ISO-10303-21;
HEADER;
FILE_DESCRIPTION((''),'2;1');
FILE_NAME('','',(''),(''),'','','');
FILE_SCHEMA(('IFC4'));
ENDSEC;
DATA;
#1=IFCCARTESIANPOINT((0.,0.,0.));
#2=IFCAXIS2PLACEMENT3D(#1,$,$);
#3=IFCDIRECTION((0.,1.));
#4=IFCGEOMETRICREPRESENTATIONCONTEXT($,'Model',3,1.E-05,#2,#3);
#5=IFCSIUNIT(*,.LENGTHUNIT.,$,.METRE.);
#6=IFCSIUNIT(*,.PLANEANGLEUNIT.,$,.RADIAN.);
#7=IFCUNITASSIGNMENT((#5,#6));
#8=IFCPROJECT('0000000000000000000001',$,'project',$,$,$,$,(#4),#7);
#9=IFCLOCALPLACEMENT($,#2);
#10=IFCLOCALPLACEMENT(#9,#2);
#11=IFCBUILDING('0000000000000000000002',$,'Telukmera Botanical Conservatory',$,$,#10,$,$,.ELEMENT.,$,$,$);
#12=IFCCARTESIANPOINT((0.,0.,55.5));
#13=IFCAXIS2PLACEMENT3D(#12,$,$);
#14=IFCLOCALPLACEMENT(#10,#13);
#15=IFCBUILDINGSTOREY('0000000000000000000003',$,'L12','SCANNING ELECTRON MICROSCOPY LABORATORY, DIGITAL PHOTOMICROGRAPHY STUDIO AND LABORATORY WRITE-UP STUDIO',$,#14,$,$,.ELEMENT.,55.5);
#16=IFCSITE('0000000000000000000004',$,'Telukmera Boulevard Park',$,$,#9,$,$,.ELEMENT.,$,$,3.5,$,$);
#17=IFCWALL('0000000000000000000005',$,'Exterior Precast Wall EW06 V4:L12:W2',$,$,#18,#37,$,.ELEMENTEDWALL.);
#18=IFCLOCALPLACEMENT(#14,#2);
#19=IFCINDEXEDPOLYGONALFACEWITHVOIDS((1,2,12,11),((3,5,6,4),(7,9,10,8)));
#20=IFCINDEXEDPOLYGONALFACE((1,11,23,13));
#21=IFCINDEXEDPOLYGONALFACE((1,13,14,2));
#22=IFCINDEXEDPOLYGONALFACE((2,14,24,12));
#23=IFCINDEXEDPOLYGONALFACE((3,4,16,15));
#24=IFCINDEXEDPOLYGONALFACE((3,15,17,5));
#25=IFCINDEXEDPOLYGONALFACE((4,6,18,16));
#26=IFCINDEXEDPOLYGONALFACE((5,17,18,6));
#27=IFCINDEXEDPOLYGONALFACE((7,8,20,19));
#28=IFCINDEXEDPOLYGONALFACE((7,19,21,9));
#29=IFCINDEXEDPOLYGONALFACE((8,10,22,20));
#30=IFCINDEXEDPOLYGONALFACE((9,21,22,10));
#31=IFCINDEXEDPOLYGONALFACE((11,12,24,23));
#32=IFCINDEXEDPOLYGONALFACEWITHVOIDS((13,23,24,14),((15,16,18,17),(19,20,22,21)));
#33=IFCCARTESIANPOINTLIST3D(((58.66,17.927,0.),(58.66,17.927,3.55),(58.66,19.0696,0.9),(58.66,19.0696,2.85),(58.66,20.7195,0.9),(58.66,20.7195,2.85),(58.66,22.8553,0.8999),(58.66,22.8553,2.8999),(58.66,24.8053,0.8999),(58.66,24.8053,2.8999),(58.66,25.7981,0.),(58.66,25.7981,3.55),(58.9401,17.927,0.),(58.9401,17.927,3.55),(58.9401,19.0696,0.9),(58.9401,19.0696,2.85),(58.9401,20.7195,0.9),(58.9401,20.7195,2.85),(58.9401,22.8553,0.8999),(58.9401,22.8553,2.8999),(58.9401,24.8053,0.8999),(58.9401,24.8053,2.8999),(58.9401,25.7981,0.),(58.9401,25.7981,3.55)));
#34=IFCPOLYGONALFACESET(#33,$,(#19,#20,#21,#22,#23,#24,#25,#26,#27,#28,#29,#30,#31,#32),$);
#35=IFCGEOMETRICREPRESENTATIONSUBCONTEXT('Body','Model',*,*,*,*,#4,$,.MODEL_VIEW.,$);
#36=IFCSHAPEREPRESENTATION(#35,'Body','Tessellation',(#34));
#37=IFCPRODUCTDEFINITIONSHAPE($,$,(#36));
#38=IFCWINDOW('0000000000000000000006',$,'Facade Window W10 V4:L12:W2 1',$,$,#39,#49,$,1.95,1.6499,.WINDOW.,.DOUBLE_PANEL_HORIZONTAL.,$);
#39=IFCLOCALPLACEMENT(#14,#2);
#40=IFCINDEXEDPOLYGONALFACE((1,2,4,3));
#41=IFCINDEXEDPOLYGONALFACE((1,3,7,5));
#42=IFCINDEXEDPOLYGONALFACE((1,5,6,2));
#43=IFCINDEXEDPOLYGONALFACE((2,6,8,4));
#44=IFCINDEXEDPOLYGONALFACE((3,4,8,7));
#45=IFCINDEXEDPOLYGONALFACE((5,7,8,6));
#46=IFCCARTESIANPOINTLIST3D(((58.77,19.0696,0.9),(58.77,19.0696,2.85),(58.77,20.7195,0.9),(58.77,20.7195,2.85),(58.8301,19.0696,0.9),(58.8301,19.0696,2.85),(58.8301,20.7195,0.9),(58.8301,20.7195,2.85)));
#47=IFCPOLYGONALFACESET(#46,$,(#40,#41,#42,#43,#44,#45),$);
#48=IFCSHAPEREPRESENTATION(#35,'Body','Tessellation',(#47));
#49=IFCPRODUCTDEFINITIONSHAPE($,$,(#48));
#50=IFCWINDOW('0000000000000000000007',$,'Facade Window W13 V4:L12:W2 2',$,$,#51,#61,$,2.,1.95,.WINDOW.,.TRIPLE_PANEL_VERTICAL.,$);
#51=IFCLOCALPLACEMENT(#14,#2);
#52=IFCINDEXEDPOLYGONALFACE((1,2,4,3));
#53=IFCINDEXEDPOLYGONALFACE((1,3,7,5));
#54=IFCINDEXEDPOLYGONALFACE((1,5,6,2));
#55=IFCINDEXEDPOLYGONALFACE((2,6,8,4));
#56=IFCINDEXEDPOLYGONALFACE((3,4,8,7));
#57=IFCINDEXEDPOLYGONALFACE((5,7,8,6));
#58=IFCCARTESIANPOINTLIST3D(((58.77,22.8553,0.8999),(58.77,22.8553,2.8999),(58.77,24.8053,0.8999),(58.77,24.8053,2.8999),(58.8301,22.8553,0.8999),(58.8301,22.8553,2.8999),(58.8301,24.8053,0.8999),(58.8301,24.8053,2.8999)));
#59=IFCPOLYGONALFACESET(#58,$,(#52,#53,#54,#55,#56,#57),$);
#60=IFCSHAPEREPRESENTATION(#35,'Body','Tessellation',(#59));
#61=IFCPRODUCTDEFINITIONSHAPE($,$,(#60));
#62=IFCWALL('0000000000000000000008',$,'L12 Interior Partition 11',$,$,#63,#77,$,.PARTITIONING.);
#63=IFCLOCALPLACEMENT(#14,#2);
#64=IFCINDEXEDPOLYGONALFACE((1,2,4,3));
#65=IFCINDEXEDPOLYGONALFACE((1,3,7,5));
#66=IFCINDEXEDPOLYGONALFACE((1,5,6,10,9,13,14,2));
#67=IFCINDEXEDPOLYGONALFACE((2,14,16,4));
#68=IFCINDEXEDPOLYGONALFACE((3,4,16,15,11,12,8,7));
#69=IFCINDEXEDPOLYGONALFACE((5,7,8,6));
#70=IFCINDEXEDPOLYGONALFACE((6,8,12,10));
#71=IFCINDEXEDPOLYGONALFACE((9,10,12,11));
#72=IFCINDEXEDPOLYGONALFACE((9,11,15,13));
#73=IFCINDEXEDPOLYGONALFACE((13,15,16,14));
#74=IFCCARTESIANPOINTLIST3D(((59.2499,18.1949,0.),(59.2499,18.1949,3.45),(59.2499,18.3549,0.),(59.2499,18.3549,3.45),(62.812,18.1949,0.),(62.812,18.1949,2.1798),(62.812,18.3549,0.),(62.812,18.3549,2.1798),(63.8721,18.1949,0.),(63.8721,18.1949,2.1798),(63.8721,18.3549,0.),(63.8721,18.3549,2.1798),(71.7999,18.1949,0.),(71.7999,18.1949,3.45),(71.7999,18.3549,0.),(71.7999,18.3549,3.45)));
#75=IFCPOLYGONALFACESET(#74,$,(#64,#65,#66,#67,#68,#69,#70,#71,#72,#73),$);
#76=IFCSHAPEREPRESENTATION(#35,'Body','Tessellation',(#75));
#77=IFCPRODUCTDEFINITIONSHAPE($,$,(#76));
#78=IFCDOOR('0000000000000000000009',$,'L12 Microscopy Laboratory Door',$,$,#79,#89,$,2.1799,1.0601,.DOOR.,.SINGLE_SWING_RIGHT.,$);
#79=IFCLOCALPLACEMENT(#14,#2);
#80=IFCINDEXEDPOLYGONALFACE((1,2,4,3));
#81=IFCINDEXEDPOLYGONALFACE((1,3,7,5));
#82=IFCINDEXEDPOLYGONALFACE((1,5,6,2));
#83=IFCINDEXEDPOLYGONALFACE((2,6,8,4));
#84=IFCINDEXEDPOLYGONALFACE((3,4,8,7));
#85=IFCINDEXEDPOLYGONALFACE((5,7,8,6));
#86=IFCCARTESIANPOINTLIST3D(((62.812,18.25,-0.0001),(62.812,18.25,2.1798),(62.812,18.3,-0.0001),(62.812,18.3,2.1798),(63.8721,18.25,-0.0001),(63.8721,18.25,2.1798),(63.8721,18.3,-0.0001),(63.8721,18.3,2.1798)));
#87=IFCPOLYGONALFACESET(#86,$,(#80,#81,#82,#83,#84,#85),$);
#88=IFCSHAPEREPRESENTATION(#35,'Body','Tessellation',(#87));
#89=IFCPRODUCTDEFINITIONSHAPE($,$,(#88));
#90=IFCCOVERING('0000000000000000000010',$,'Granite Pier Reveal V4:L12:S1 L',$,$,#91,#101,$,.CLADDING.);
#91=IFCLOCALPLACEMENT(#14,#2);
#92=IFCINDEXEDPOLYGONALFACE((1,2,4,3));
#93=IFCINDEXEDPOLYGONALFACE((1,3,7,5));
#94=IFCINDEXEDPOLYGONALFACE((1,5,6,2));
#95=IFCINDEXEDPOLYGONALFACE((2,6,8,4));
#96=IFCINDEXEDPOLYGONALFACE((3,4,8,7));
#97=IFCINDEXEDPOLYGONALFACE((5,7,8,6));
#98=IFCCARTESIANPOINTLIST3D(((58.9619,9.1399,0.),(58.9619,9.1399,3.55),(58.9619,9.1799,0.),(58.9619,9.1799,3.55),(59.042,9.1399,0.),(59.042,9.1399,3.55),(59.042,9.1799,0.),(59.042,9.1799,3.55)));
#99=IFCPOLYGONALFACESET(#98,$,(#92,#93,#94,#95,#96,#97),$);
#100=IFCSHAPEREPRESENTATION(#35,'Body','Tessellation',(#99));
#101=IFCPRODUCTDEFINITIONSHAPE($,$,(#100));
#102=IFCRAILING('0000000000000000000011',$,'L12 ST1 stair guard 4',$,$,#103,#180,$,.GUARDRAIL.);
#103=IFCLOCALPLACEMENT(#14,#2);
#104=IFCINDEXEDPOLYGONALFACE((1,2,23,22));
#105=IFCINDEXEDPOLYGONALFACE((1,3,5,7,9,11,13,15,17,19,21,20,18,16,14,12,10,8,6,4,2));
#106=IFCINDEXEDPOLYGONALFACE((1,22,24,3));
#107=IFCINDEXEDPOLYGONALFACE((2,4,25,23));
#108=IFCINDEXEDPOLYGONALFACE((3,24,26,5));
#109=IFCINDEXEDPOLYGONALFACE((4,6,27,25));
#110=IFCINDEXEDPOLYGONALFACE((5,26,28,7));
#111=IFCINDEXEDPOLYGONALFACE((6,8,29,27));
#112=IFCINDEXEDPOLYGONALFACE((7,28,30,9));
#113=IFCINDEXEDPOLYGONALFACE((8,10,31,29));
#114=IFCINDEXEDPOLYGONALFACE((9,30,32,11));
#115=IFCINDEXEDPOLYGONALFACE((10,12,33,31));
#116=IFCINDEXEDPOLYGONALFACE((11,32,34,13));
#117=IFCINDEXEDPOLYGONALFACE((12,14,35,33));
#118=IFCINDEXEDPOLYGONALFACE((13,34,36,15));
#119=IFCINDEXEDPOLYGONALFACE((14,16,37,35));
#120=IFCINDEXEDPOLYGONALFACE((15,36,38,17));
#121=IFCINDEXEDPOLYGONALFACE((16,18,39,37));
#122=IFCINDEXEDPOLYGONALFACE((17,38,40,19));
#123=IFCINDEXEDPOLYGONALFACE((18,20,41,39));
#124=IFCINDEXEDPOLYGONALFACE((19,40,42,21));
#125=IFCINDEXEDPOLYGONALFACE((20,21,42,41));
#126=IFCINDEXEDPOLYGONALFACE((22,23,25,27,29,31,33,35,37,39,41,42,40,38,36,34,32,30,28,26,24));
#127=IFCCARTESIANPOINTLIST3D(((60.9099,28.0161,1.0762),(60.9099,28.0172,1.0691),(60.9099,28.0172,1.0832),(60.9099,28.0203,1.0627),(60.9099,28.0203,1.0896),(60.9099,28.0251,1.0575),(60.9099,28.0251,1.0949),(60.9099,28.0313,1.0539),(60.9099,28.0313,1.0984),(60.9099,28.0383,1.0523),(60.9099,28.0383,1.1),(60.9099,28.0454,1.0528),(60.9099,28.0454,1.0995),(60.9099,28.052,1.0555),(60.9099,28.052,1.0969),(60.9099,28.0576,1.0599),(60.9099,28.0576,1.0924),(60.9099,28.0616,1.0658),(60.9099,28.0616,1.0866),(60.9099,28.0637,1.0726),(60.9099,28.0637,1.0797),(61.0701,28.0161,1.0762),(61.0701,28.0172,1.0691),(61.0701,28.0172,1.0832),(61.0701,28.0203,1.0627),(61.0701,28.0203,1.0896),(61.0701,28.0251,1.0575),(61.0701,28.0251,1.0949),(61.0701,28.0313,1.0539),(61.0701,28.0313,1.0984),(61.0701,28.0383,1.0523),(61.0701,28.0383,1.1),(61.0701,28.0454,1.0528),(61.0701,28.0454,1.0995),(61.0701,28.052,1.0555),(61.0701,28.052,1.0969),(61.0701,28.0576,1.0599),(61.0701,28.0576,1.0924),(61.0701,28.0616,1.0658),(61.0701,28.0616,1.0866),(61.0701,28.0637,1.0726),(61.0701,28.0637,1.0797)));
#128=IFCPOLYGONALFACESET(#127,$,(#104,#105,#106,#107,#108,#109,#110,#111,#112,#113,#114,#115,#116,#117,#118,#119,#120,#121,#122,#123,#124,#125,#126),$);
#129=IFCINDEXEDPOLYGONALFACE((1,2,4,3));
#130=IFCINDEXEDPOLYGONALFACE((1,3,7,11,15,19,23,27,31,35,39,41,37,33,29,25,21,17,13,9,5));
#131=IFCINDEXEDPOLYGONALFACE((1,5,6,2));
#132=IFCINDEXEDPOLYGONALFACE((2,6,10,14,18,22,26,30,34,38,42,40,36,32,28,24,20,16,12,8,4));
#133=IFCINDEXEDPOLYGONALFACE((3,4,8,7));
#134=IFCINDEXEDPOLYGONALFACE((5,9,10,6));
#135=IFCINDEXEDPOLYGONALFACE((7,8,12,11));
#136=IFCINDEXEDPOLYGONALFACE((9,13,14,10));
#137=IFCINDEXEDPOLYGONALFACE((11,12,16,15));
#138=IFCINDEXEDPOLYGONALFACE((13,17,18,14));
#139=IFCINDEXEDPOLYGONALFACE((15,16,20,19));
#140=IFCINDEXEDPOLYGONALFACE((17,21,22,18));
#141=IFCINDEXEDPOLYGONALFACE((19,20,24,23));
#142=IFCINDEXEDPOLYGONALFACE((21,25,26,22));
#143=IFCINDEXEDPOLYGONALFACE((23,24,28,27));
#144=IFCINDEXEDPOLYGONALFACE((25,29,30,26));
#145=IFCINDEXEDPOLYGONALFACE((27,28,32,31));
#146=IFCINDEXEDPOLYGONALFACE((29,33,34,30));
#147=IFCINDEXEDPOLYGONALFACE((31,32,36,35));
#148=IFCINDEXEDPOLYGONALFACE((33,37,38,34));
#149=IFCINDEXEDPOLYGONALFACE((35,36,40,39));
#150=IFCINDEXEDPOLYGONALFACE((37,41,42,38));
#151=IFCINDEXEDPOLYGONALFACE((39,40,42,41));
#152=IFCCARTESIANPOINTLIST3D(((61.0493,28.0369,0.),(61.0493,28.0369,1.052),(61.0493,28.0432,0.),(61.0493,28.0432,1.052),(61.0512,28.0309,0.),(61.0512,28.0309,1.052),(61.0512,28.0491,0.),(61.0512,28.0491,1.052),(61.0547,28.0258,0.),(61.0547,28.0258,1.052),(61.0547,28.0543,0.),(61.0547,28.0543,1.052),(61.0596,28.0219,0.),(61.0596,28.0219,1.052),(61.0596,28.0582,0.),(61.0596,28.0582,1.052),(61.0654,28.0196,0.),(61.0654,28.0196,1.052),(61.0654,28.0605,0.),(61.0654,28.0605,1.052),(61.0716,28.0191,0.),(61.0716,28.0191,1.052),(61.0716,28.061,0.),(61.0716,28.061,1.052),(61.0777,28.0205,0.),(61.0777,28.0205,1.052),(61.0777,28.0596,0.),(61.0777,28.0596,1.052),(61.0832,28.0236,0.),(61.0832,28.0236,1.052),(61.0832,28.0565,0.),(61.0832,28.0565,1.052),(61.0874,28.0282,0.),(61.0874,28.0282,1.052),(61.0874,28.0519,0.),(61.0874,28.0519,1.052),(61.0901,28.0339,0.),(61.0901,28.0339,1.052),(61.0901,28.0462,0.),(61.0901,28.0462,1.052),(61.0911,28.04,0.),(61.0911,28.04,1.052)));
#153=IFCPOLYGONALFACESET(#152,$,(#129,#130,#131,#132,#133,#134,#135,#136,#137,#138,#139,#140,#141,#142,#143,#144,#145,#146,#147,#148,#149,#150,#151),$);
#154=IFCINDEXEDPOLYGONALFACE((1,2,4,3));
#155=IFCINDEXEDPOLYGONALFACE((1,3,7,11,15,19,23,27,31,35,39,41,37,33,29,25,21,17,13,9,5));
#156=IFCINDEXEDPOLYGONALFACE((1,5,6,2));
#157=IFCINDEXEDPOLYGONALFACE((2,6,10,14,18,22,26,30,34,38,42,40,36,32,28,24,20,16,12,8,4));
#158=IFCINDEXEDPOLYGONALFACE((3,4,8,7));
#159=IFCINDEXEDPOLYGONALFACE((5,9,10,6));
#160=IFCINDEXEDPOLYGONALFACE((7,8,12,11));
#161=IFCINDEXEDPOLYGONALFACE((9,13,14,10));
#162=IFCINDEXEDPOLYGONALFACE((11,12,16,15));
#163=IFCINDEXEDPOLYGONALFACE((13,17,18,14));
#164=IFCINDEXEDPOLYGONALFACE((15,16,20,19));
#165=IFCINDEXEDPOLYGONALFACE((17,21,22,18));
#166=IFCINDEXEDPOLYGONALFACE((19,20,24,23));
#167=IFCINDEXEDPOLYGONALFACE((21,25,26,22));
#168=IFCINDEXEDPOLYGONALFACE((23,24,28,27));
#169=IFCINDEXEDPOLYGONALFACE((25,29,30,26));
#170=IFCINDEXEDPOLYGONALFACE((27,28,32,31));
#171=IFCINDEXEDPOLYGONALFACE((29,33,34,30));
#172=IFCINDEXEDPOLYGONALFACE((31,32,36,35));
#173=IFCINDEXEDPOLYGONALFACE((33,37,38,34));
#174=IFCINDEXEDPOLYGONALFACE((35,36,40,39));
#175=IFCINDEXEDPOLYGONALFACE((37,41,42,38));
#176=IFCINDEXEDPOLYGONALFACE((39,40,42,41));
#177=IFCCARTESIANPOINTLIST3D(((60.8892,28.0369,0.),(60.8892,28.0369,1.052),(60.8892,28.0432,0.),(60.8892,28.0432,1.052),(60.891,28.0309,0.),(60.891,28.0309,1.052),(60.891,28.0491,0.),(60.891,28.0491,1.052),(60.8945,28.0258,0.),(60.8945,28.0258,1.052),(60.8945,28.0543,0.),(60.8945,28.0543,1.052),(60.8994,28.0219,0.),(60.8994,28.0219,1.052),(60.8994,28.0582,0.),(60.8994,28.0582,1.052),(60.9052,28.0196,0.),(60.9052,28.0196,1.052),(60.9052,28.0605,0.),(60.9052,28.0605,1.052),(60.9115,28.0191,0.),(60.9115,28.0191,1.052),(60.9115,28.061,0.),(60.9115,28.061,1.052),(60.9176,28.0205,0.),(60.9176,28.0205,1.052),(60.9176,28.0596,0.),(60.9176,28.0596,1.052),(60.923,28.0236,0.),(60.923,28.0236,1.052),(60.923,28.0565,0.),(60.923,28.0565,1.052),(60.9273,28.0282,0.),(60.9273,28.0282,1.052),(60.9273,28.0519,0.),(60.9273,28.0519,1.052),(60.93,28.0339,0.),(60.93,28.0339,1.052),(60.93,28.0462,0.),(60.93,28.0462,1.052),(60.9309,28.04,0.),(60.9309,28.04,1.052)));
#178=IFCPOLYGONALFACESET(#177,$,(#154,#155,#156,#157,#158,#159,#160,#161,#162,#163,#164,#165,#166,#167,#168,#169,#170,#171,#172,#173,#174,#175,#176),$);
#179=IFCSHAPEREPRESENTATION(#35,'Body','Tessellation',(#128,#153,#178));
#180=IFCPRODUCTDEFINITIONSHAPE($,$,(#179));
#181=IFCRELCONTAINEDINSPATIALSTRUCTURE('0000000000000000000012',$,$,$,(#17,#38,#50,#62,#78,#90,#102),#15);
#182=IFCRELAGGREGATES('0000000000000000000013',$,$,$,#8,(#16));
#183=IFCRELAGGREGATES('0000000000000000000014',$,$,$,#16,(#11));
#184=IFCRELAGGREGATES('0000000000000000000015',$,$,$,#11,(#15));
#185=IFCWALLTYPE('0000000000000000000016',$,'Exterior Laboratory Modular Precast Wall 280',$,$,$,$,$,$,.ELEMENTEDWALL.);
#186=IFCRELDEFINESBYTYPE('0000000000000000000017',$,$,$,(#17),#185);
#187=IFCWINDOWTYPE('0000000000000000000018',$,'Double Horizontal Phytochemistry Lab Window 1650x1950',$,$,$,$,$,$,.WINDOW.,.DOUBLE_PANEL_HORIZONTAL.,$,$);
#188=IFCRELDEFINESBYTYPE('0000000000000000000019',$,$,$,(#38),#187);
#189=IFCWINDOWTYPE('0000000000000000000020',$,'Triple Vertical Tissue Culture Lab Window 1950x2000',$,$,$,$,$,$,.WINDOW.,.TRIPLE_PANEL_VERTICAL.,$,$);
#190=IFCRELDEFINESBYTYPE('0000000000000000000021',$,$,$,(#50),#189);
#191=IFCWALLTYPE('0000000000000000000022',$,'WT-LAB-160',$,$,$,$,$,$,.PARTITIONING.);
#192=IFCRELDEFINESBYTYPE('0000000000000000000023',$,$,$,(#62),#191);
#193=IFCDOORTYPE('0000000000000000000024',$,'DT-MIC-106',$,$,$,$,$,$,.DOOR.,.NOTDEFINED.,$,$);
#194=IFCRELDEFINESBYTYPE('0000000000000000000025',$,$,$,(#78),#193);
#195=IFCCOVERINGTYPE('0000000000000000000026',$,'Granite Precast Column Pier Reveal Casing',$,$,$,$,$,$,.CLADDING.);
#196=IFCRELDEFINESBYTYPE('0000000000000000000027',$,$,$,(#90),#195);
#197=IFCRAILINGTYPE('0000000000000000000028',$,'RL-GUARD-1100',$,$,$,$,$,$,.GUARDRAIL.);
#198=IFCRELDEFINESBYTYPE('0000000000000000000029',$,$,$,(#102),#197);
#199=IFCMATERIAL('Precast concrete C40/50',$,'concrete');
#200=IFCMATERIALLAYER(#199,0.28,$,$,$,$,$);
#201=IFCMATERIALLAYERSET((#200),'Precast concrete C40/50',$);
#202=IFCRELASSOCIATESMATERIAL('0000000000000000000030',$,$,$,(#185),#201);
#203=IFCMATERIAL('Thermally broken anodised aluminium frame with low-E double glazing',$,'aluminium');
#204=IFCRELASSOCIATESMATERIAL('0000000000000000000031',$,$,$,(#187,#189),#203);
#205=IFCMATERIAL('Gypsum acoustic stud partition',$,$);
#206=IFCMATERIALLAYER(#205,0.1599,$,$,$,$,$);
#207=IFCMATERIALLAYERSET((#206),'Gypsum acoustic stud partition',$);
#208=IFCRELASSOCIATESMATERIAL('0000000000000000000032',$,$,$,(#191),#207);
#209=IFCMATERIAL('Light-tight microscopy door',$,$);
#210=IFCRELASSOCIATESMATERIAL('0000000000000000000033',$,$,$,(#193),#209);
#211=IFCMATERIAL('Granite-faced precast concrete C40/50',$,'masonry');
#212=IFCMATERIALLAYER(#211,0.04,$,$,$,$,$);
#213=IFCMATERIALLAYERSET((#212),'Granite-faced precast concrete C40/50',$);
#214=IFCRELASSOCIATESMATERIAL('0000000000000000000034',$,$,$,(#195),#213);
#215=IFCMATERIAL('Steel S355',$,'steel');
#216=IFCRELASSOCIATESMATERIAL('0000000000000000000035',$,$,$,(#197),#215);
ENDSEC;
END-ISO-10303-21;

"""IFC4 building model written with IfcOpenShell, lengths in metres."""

from ifc_helpers import new_model, si_unit, direction, frame, frame_2d, origin, origin_2d, place, context, subcontext, project, spatial, rectangle, circle, extrude, material, layer, layer_set, type_object, element, fill, save


model = new_model("IFC4")

# Units and contexts
model_context = context("Model", 3, precision=1e-05, world=origin(), true_north=direction((0.0, 1.0)))
body_context = subcontext(model_context, "Body", "Model", "MODEL_VIEW")
ifc_project = project(units=[si_unit("LENGTHUNIT", "METRE"), si_unit("PLANEANGLEUNIT", "RADIAN")], contexts=[model_context])

# Site, building, storey
site_placement = place(None, origin())
site = spatial("IfcSite", under=ifc_project, at=site_placement, Name="Telukmera Boulevard Park", CompositionType="ELEMENT", RefElevation=3.5)
building_placement = place(site_placement, origin())
building = spatial("IfcBuilding", under=site, at=building_placement, Name="Telukmera Botanical Conservatory", CompositionType="ELEMENT")
storey_placement = place(building_placement, frame((0.0, 0.0, 55.5)))
storey = spatial("IfcBuildingStorey", under=building, at=storey_placement, Name="L12", Description="SCANNING ELECTRON MICROSCOPY LABORATORY, DIGITAL PHOTOMICROGRAPHY STUDIO AND LABORATORY WRITE-UP STUDIO", CompositionType="ELEMENT", Elevation=55.5)

# Shared definitions
ifc_material_1 = material(Name="Precast concrete C40/50", Category="concrete")

# Wall, openings, windows
ifc_layer_1 = layer(ifc_material_1, 0.28)
ifc_layer_set_1 = layer_set([ifc_layer_1], Name="Precast concrete C40/50")
wall_type_1 = type_object("IfcWallType", Name="Exterior Laboratory Modular Precast Wall 280", PredefinedType="ELEMENTEDWALL", material=ifc_layer_set_1)
ifc_material_2 = material(Name="Thermally broken anodised aluminium frame with low-E double glazing", Category="aluminium")
window_type_1 = type_object("IfcWindowType", Name="Double Horizontal Phytochemistry Lab Window 1650x1950", PartitioningType="DOUBLE_PANEL_HORIZONTAL", PredefinedType="WINDOW", material=ifc_material_2)
wall_1_placement = place(storey_placement, frame((58.8, 17.927, 0.0), z_axis=(0.0, 0.0, 1.0), x_axis=(0.0, 1.0, 0.0)))
wall_1 = element("IfcWall", 1, at=wall_1_placement, inside=storey, type_object=wall_type_1, Name="Exterior Precast Wall EW06 V4:L12:W2", PredefinedType="ELEMENTEDWALL", context=body_context, shape_type="SweptSolid", body=[
    extrude(rectangle(XDim=7.8711, YDim=0.28, at=frame_2d((3.9355, 0.0))), origin(), (0.0, 0.0, 1.0), 3.55),
])
opening_1_placement = place(wall_1_placement, frame((1.1426, 0.0, 0.8999)))
opening_1 = element("IfcOpeningElement", 2, at=opening_1_placement, cuts=wall_1, PredefinedType="OPENING", context=body_context, shape_type="SweptSolid", body=[
    extrude(rectangle(XDim=1.6499, YDim=1.95, at=frame_2d((0.825, 0.9751))), frame((0.0, 0.1499, 0.0), z_axis=(0.0, -1.0, 0.0), x_axis=(1.0, 0.0, 0.0)), (0.0, 0.0, 1.0), 0.3),
])
opening_2_placement = place(wall_1_placement, frame((4.9282, 0.0, 0.8999)))
opening_2 = element("IfcOpeningElement", 3, at=opening_2_placement, cuts=wall_1, PredefinedType="OPENING", context=body_context, shape_type="SweptSolid", body=[
    extrude(rectangle(XDim=1.95, YDim=2.0, at=frame_2d((0.9751, 1.0))), frame((0.0, 0.1499, 0.0), z_axis=(0.0, -1.0, 0.0), x_axis=(1.0, 0.0, 0.0)), (0.0, 0.0, 1.0), 0.3),
])
window_1_placement = place(opening_1_placement, origin())
window_1 = element("IfcWindow", 4, at=window_1_placement, inside=storey, type_object=window_type_1, Name="Facade Window W10 V4:L12:W2 1", OverallHeight=1.95, OverallWidth=1.6499, PartitioningType="DOUBLE_PANEL_HORIZONTAL", PredefinedType="WINDOW", context=body_context, shape_type="SweptSolid", body=[
    extrude(rectangle(XDim=1.6499, YDim=1.95, at=frame_2d((0.825, 0.9751))), frame((0.0, 0.03, 0.0), z_axis=(0.0, -1.0, 0.0), x_axis=(1.0, 0.0, 0.0)), (0.0, 0.0, 1.0), 0.0601),
])
fill(opening_1, window_1)
window_type_2 = type_object("IfcWindowType", Name="Triple Vertical Tissue Culture Lab Window 1950x2000", PartitioningType="TRIPLE_PANEL_VERTICAL", PredefinedType="WINDOW", material=ifc_material_2)
window_2_placement = place(opening_2_placement, origin())
window_2 = element("IfcWindow", 5, at=window_2_placement, inside=storey, type_object=window_type_2, Name="Facade Window W13 V4:L12:W2 2", OverallHeight=2.0, OverallWidth=1.95, PartitioningType="TRIPLE_PANEL_VERTICAL", PredefinedType="WINDOW", context=body_context, shape_type="SweptSolid", body=[
    extrude(rectangle(XDim=1.95, YDim=2.0, at=frame_2d((0.9751, 1.0))), frame((0.0, 0.03, 0.0), z_axis=(0.0, -1.0, 0.0), x_axis=(1.0, 0.0, 0.0)), (0.0, 0.0, 1.0), 0.0601),
])
fill(opening_2, window_2)

# Wall, opening, door
ifc_material_3 = material(Name="Gypsum acoustic stud partition")
ifc_layer_2 = layer(ifc_material_3, 0.1599)
ifc_layer_set_2 = layer_set([ifc_layer_2], Name="Gypsum acoustic stud partition")
wall_type_2 = type_object("IfcWallType", Name="WT-LAB-160", PredefinedType="PARTITIONING", material=ifc_layer_set_2)
wall_2_placement = place(storey_placement, frame((59.25, 18.2749, 0.0), z_axis=(0.0, 0.0, 1.0), x_axis=(1.0, 0.0, 0.0)))
wall_2 = element("IfcWall", 6, at=wall_2_placement, inside=storey, type_object=wall_type_2, Name="L12 Interior Partition 11", PredefinedType="PARTITIONING", context=body_context, shape_type="SweptSolid", body=[
    extrude(rectangle(XDim=12.55, YDim=0.1599, at=frame_2d((6.2749, 0.0))), origin(), (0.0, 0.0, 1.0), 3.45),
])
opening_3_placement = place(wall_2_placement, frame((3.562, 0.0, 0.0)))
opening_3 = element("IfcOpeningElement", 7, at=opening_3_placement, cuts=wall_2, PredefinedType="OPENING", context=body_context, shape_type="SweptSolid", body=[
    extrude(rectangle(XDim=1.0601, YDim=2.1799, at=frame_2d((0.53, 1.0898))), frame((0.0, 0.0898, 0.0), z_axis=(0.0, -1.0, 0.0), x_axis=(1.0, 0.0, 0.0)), (0.0, 0.0, 1.0), 0.1799),
])
ifc_material_4 = material(Name="Light-tight microscopy door")
door_type_1 = type_object("IfcDoorType", Name="DT-MIC-106", OperationType="NOTDEFINED", PredefinedType="DOOR", material=ifc_material_4)
door_1_placement = place(opening_3_placement, frame((1.0601, 0.0, 0.0), z_axis=(0.0, 0.0, 1.0), x_axis=(-1.0, 0.0, 0.0)))
door_1 = element("IfcDoor", 8, at=door_1_placement, inside=storey, type_object=door_type_1, Name="L12 Microscopy Laboratory Door", OperationType="SINGLE_SWING_RIGHT", OverallHeight=2.1799, OverallWidth=1.0601, PredefinedType="DOOR", context=body_context, shape_type="SweptSolid", body=[
    extrude(rectangle(XDim=1.0601, YDim=2.1799, at=frame_2d((0.53, 1.0898))), frame((0.0, 0.0249, 0.0), z_axis=(0.0, -1.0, 0.0), x_axis=(1.0, 0.0, 0.0)), (0.0, 0.0, 1.0), 0.05),
])
fill(opening_3, door_1)

# Covering
ifc_material_5 = material(Name="Granite-faced precast concrete C40/50", Category="masonry")
ifc_layer_3 = layer(ifc_material_5, 0.04)
ifc_layer_set_3 = layer_set([ifc_layer_3], Name="Granite-faced precast concrete C40/50")
covering_type = type_object("IfcCoveringType", Name="Granite Precast Column Pier Reveal Casing", PredefinedType="CLADDING", material=ifc_layer_set_3)
covering_placement = place(storey_placement, frame((59.002, 9.1599, 0.0), z_axis=(0.0, 0.0, 1.0), x_axis=(1.0, 0.0, 0.0)))
element("IfcCovering", 9, at=covering_placement, inside=storey, type_object=covering_type, Name="Granite Pier Reveal V4:L12:S1 L", PredefinedType="CLADDING", context=body_context, shape_type="SweptSolid", body=[
    extrude(rectangle(XDim=0.0801, YDim=0.04, at=origin_2d()), origin(), (0.0, 0.0, 1.0), 3.55),
])

# Railing
ifc_material_6 = material(Name="Steel S355", Category="steel")
railing_type = type_object("IfcRailingType", Name="RL-GUARD-1100", PredefinedType="GUARDRAIL", material=ifc_material_6)
railing_placement = place(storey_placement, frame((61.0701, 28.04, 0.0)))
element("IfcRailing", 10, at=railing_placement, inside=storey, type_object=railing_type, Name="L12 ST1 stair guard 4", PredefinedType="GUARDRAIL", context=body_context, shape_type="SweptSolid", body=[
    extrude(circle(Radius=0.0239, at=origin_2d()), frame((0.0, 0.0, 1.0762), z_axis=(-1.0, 0.0, 0.0), x_axis=(0.0, -1.0, 0.0)), (0.0, 0.0, 1.0), 0.1602),
    extrude(circle(Radius=0.021, at=origin_2d()), origin(), (0.0, 0.0, 1.0), 1.052),
    extrude(circle(Radius=0.021, at=origin_2d()), frame((-0.1602, 0.0, 0.0)), (0.0, 0.0, 1.0), 1.052),
])

save(model, "model.ifc")
